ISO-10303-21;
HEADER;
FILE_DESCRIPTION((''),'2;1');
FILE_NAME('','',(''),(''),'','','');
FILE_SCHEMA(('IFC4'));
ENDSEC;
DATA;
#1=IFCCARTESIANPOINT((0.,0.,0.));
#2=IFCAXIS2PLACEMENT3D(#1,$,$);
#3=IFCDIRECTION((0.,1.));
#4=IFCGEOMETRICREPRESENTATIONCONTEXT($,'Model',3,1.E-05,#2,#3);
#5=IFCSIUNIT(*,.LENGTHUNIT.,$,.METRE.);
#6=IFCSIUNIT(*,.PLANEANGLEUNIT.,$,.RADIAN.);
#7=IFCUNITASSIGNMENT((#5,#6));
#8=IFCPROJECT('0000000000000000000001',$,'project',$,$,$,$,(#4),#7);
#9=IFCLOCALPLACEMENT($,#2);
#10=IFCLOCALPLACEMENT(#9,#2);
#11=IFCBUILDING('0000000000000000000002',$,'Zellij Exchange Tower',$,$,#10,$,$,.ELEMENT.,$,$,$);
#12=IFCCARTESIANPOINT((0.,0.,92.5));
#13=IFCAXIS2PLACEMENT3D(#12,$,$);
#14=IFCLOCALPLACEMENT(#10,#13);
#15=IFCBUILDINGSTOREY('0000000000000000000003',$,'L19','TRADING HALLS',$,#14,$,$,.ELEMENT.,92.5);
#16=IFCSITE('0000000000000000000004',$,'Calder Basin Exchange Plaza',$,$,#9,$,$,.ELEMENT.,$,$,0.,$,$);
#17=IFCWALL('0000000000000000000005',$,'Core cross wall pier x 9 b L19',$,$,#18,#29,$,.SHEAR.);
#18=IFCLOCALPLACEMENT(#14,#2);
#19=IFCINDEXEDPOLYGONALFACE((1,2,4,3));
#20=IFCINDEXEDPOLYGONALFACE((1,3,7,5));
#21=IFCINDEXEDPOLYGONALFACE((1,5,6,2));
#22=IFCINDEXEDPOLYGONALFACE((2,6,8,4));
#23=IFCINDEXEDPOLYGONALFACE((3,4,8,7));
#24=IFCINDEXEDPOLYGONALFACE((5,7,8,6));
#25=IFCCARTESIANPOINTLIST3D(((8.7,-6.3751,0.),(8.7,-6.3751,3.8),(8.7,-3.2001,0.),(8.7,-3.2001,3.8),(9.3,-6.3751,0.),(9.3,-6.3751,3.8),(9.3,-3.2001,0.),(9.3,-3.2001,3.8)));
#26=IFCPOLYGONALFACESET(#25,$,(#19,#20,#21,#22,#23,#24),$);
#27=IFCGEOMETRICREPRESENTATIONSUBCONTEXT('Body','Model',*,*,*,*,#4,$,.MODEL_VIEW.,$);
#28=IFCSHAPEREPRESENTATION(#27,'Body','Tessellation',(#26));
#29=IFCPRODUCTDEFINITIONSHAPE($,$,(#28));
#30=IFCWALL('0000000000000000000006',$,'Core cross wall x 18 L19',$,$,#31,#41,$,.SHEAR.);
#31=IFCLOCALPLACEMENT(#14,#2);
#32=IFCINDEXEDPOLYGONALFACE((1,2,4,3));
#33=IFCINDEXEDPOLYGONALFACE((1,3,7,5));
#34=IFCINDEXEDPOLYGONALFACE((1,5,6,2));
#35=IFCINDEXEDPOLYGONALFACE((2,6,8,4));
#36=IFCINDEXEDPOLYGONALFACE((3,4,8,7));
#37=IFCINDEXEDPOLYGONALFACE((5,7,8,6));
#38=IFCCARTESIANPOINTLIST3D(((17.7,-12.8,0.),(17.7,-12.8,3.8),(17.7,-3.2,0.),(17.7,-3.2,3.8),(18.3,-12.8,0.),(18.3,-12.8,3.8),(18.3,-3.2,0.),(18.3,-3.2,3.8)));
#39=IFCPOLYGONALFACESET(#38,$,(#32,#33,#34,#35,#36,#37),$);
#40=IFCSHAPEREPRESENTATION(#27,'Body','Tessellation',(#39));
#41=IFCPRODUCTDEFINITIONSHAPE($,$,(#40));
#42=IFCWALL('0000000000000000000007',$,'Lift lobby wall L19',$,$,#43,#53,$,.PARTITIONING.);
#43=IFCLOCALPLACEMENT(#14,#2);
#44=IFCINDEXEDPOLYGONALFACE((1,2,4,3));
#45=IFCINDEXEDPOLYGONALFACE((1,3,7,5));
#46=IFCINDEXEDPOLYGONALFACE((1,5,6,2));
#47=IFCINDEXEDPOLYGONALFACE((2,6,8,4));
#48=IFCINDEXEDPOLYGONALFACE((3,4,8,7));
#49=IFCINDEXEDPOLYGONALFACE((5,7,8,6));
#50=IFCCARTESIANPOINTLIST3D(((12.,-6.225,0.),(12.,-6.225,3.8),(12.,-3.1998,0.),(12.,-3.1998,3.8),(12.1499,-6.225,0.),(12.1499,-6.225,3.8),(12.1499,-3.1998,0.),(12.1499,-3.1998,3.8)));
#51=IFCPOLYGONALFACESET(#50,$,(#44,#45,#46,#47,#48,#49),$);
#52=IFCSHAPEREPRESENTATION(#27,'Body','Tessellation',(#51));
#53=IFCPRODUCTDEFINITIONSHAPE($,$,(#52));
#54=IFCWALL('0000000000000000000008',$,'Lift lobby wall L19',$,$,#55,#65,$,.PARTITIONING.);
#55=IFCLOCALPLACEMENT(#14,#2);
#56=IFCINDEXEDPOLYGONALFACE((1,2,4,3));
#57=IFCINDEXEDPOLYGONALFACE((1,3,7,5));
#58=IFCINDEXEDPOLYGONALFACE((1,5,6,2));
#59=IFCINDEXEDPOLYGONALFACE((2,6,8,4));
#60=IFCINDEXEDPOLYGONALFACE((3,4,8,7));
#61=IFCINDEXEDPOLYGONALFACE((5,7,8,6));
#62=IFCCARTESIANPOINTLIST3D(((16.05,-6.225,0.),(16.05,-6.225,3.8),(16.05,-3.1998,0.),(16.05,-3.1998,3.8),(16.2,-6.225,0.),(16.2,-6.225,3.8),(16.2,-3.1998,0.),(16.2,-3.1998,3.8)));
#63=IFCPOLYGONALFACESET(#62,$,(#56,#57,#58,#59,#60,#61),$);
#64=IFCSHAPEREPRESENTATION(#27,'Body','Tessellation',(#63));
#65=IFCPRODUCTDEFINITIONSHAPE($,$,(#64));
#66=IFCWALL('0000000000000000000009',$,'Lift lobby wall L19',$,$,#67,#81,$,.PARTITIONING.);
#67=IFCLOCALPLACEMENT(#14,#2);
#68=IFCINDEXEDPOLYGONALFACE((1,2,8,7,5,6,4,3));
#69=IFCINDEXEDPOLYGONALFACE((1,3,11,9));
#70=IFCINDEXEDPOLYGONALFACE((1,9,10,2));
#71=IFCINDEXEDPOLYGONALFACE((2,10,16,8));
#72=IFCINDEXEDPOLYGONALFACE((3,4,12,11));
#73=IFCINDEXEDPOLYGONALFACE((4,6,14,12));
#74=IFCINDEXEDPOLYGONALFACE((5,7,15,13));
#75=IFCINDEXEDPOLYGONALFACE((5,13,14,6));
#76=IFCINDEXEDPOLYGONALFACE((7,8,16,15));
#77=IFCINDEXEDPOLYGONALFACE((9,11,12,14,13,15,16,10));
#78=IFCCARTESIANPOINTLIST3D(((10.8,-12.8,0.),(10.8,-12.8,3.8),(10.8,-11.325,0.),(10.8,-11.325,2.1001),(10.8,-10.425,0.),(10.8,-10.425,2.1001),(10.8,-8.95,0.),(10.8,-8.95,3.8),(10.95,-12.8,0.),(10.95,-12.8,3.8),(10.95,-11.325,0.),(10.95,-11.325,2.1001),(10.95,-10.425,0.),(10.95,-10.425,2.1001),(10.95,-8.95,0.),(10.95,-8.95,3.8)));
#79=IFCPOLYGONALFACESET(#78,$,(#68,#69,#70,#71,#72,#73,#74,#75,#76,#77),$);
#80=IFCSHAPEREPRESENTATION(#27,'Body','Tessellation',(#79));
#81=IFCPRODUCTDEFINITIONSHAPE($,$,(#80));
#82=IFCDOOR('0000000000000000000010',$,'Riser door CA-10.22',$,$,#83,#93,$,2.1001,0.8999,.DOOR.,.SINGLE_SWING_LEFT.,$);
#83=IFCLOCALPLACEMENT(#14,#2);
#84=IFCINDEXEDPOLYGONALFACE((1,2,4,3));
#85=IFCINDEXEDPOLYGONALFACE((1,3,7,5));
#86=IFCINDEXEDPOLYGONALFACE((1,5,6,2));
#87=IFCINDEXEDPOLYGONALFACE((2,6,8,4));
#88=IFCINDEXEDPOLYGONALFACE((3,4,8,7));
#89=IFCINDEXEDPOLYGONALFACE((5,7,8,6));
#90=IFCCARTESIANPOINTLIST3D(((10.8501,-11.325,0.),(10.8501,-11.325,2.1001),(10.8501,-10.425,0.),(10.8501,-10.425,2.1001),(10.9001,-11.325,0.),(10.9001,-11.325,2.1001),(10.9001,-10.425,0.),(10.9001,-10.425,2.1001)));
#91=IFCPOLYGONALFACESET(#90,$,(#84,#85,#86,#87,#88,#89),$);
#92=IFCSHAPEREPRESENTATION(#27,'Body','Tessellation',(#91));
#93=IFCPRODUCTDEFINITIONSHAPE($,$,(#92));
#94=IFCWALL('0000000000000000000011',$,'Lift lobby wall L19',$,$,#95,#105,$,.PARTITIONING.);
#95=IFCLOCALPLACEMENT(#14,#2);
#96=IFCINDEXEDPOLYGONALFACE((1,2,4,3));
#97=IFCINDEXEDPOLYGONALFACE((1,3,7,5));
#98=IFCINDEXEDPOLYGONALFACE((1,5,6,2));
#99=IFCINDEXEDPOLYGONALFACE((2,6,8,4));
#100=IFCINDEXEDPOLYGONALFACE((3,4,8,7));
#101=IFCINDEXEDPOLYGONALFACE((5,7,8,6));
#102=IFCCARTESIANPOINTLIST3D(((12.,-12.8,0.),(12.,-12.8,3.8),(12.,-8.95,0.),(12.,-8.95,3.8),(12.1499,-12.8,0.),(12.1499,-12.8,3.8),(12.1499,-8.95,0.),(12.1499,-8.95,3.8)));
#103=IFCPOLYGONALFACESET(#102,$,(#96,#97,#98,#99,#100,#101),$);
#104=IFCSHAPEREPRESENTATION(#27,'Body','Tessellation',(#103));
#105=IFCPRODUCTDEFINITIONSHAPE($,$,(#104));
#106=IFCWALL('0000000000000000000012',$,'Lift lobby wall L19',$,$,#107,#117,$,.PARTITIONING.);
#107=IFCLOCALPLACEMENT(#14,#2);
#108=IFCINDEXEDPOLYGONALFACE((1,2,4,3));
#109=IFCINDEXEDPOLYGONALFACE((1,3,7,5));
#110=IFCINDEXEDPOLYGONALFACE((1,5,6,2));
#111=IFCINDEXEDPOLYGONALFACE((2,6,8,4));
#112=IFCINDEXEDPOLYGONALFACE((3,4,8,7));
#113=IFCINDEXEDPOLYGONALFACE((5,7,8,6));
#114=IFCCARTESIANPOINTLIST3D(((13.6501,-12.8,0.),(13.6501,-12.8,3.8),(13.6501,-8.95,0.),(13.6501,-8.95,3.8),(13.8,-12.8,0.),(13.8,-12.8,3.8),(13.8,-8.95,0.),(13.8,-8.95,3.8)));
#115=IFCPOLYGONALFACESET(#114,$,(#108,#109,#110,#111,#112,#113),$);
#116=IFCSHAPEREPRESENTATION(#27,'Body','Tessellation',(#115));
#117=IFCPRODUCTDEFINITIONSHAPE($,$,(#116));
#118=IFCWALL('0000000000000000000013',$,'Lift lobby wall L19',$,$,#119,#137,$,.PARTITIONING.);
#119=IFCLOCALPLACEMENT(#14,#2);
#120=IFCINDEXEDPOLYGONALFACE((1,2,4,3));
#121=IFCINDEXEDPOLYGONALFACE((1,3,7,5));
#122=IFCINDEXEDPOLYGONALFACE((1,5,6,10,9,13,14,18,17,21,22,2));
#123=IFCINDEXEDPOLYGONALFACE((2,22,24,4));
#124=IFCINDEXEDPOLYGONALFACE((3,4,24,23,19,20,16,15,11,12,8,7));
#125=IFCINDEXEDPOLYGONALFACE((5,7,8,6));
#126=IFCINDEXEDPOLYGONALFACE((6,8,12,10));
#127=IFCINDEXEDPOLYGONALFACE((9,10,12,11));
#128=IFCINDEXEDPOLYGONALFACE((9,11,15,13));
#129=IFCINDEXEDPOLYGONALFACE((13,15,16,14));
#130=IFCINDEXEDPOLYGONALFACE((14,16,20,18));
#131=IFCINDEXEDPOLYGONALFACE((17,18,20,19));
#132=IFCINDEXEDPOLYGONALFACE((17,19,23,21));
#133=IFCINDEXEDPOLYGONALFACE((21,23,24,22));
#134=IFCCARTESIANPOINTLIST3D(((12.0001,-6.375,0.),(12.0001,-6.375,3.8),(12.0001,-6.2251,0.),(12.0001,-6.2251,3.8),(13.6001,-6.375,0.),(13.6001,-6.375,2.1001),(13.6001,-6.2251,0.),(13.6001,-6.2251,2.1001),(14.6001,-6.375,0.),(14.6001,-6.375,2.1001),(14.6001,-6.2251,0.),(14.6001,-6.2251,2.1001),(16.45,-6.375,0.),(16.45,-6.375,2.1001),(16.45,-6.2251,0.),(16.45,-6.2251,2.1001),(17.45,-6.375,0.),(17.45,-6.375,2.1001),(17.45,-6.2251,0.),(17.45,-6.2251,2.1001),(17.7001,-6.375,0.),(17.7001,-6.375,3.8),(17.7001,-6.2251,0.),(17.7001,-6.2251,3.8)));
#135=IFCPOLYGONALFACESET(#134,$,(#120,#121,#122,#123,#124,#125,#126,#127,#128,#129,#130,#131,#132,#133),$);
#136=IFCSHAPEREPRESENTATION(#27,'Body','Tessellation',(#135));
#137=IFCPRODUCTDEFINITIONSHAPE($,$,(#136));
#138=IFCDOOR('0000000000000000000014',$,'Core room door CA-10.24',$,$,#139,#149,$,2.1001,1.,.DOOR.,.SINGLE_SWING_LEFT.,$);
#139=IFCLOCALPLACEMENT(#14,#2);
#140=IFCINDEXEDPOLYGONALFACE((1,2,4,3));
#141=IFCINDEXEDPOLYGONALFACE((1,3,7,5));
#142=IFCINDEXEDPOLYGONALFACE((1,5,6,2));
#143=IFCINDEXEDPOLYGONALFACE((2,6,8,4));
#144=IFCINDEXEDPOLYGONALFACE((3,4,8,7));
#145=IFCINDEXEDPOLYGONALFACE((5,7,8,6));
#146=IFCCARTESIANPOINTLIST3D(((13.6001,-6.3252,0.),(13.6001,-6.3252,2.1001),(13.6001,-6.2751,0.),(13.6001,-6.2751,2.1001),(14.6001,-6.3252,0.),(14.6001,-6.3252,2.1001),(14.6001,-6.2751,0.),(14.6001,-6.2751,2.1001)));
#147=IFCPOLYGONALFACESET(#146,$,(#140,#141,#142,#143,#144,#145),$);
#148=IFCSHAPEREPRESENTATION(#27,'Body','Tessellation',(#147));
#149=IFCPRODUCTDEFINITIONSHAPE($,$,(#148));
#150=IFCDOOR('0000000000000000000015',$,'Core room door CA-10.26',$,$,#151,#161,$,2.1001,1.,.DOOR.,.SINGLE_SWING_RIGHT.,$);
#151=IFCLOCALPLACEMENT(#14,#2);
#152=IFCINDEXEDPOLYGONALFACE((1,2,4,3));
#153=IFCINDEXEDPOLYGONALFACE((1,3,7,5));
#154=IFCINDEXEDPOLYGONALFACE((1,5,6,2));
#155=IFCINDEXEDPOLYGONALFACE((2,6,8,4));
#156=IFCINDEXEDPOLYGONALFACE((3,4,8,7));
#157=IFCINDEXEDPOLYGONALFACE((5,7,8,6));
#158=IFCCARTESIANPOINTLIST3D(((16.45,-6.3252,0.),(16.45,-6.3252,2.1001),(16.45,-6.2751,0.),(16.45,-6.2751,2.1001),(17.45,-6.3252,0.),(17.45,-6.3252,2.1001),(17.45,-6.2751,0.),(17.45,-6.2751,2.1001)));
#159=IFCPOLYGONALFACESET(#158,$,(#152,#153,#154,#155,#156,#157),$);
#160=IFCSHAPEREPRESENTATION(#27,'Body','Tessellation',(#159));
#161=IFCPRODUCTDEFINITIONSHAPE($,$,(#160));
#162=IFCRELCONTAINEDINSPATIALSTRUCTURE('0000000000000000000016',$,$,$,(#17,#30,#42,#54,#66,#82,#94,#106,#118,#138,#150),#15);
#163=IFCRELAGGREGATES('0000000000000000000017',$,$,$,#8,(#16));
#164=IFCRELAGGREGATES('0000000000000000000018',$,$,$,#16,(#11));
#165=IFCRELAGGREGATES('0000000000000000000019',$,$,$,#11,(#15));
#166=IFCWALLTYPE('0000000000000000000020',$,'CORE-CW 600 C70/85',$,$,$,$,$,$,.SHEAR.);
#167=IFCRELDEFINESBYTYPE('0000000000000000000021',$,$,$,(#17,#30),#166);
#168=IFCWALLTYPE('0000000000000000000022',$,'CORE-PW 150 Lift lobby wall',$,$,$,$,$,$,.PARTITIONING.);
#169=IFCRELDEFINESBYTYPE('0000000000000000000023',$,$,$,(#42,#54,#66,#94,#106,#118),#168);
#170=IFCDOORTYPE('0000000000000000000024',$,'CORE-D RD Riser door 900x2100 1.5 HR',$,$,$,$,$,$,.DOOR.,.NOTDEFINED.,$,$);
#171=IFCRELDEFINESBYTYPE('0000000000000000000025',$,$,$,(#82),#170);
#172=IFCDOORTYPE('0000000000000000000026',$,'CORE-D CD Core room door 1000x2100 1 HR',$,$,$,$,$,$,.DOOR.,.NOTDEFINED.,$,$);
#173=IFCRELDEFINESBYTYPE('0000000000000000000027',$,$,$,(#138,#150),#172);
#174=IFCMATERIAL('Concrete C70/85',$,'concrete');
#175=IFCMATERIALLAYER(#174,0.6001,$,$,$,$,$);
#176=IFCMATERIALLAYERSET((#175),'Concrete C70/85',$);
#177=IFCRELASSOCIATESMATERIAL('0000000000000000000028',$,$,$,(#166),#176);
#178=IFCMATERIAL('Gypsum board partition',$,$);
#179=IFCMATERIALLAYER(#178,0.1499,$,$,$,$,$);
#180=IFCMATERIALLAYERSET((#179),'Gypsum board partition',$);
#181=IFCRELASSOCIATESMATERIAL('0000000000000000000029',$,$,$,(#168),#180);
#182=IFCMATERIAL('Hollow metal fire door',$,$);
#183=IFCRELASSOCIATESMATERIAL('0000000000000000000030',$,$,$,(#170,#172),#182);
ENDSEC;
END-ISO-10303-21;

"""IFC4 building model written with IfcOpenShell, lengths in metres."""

from ifc_helpers import new_model, si_unit, direction, frame, frame_2d, origin, place, context, subcontext, project, spatial, rectangle, extrude, material, layer, layer_set, type_object, element, fill, save


model = new_model("IFC4")

# Units and contexts
model_context = context("Model", 3, precision=1e-05, world=origin(), true_north=direction((0.0, 1.0)))
body_context = subcontext(model_context, "Body", "Model", "MODEL_VIEW")
ifc_project = project(units=[si_unit("LENGTHUNIT", "METRE"), si_unit("PLANEANGLEUNIT", "RADIAN")], contexts=[model_context])

# Site, building, storey
site_placement = place(None, origin())
site = spatial("IfcSite", under=ifc_project, at=site_placement, Name="Calder Basin Exchange Plaza", CompositionType="ELEMENT", RefElevation=0.0)
building_placement = place(site_placement, origin())
building = spatial("IfcBuilding", under=site, at=building_placement, Name="Zellij Exchange Tower", CompositionType="ELEMENT")
storey_placement = place(building_placement, frame((0.0, 0.0, 92.5)))
storey = spatial("IfcBuildingStorey", under=building, at=storey_placement, Name="L19", Description="TRADING HALLS", CompositionType="ELEMENT", Elevation=92.5)

# Walls
ifc_material_1 = material(Name="Concrete C70/85", Category="concrete")
ifc_layer_1 = layer(ifc_material_1, 0.6001)
ifc_layer_set_1 = layer_set([ifc_layer_1], Name="Concrete C70/85")
wall_type_1 = type_object("IfcWallType", Name="CORE-CW 600 C70/85", PredefinedType="SHEAR", material=ifc_layer_set_1)
wall_1_placement = place(storey_placement, frame((9.0, -6.375, 0.0), z_axis=(0.0, 0.0, 1.0), x_axis=(0.0, 1.0, 0.0)))
element("IfcWall", 1, at=wall_1_placement, inside=storey, type_object=wall_type_1, Name="Core cross wall pier x 9 b L19", PredefinedType="SHEAR", context=body_context, shape_type="SweptSolid", body=[
    extrude(rectangle(XDim=3.175, YDim=0.6001, at=frame_2d((1.5874, 0.0))), origin(), (0.0, 0.0, 1.0), 3.8),
])
wall_2_placement = place(storey_placement, frame((18.0, -12.8, 0.0), z_axis=(0.0, 0.0, 1.0), x_axis=(0.0, 1.0, 0.0)))
element("IfcWall", 2, at=wall_2_placement, inside=storey, type_object=wall_type_1, Name="Core cross wall x 18 L19", PredefinedType="SHEAR", context=body_context, shape_type="SweptSolid", body=[
    extrude(rectangle(XDim=9.6001, YDim=0.6001, at=frame_2d((4.8, 0.0))), origin(), (0.0, 0.0, 1.0), 3.8),
])
ifc_material_2 = material(Name="Gypsum board partition")
ifc_layer_2 = layer(ifc_material_2, 0.1499)
ifc_layer_set_2 = layer_set([ifc_layer_2], Name="Gypsum board partition")
wall_type_2 = type_object("IfcWallType", Name="CORE-PW 150 Lift lobby wall", PredefinedType="PARTITIONING", material=ifc_layer_set_2)
for number, where, z_axis, x_axis, name in (
    (3, (12.075, -6.2251, 0.0), (0.0, 0.0, 1.0), (0.0, 1.0, 0.0), "Lift lobby wall L19"),
    (4, (16.125, -6.2251, 0.0), (0.0, 0.0, 1.0), (0.0, 1.0, 0.0), "Lift lobby wall L19"),
):
    element("IfcWall", number, at=place(storey_placement, frame(where, z_axis=z_axis, x_axis=x_axis)), inside=storey, type_object=wall_type_2, Name=name, PredefinedType="PARTITIONING", context=body_context, shape_type="SweptSolid", body=[
        extrude(rectangle(XDim=3.0251, YDim=0.1499, at=frame_2d((1.5127, 0.0))), origin(), (0.0, 0.0, 1.0), 3.8),
    ])

# Wall, opening, door
wall_3_placement = place(storey_placement, frame((10.875, -12.8, 0.0), z_axis=(0.0, 0.0, 1.0), x_axis=(0.0, 1.0, 0.0)))
wall_3 = element("IfcWall", 5, at=wall_3_placement, inside=storey, type_object=wall_type_2, Name="Lift lobby wall L19", PredefinedType="PARTITIONING", context=body_context, shape_type="SweptSolid", body=[
    extrude(rectangle(XDim=3.8501, YDim=0.1499, at=frame_2d((1.925, 0.0))), origin(), (0.0, 0.0, 1.0), 3.8),
])
opening_1_placement = place(wall_3_placement, frame((1.4751, 0.0, 0.0)))
opening_1 = element("IfcOpeningElement", 6, at=opening_1_placement, cuts=wall_3, PredefinedType="OPENING", context=body_context, shape_type="SweptSolid", body=[
    extrude(rectangle(XDim=0.8999, YDim=2.1001, at=frame_2d((0.45, 1.05))), frame((0.0, 0.0869, 0.0), z_axis=(0.0, -1.0, 0.0), x_axis=(1.0, 0.0, 0.0)), (0.0, 0.0, 1.0), 0.1738),
])
ifc_material_3 = material(Name="Hollow metal fire door")
door_type_1 = type_object("IfcDoorType", Name="CORE-D RD Riser door 900x2100 1.5 HR", OperationType="NOTDEFINED", PredefinedType="DOOR", material=ifc_material_3)
door_1_placement = place(opening_1_placement, origin())
door_1 = element("IfcDoor", 7, at=door_1_placement, inside=storey, type_object=door_type_1, Name="Riser door CA-10.22", OperationType="SINGLE_SWING_LEFT", OverallHeight=2.1001, OverallWidth=0.8999, PredefinedType="DOOR", context=body_context, shape_type="SweptSolid", body=[
    extrude(rectangle(XDim=0.8999, YDim=2.1001, at=frame_2d((0.45, 1.05))), frame((0.0, 0.0249, 0.0), z_axis=(0.0, -1.0, 0.0), x_axis=(1.0, 0.0, 0.0)), (0.0, 0.0, 1.0), 0.05),
])
fill(opening_1, door_1)

# Walls
for number, where, z_axis, x_axis, name in (
    (8, (12.075, -12.8, 0.0), (0.0, 0.0, 1.0), (0.0, 1.0, 0.0), "Lift lobby wall L19"),
    (9, (13.7251, -12.8, 0.0), (0.0, 0.0, 1.0), (0.0, 1.0, 0.0), "Lift lobby wall L19"),
):
    element("IfcWall", number, at=place(storey_placement, frame(where, z_axis=z_axis, x_axis=x_axis)), inside=storey, type_object=wall_type_2, Name=name, PredefinedType="PARTITIONING", context=body_context, shape_type="SweptSolid", body=[
        extrude(rectangle(XDim=3.8501, YDim=0.1499, at=frame_2d((1.925, 0.0))), origin(), (0.0, 0.0, 1.0), 3.8),
    ])

# Wall, openings, doors
wall_4_placement = place(storey_placement, frame((12.0, -6.3, 0.0), z_axis=(0.0, 0.0, 1.0), x_axis=(1.0, 0.0, 0.0)))
wall_4 = element("IfcWall", 10, at=wall_4_placement, inside=storey, type_object=wall_type_2, Name="Lift lobby wall L19", PredefinedType="PARTITIONING", context=body_context, shape_type="SweptSolid", body=[
    extrude(rectangle(XDim=5.7, YDim=0.1499, at=frame_2d((2.8501, 0.0))), origin(), (0.0, 0.0, 1.0), 3.8),
])
opening_2_placement = place(wall_4_placement, frame((1.6001, 0.0, 0.0)))
opening_2 = element("IfcOpeningElement", 11, at=opening_2_placement, cuts=wall_4, PredefinedType="OPENING", context=body_context, shape_type="SweptSolid", body=[
    extrude(rectangle(XDim=1.0, YDim=2.1001, at=frame_2d((0.5, 1.05))), frame((0.0, 0.0869, 0.0), z_axis=(0.0, -1.0, 0.0), x_axis=(1.0, 0.0, 0.0)), (0.0, 0.0, 1.0), 0.1738),
])
opening_3_placement = place(wall_4_placement, frame((4.45, 0.0, 0.0)))
opening_3 = element("IfcOpeningElement", 12, at=opening_3_placement, cuts=wall_4, PredefinedType="OPENING", context=body_context, shape_type="SweptSolid", body=[
    extrude(rectangle(XDim=1.0, YDim=2.1001, at=frame_2d((0.5, 1.05))), frame((0.0, 0.0869, 0.0), z_axis=(0.0, -1.0, 0.0), x_axis=(1.0, 0.0, 0.0)), (0.0, 0.0, 1.0), 0.1738),
])
door_type_2 = type_object("IfcDoorType", Name="CORE-D CD Core room door 1000x2100 1 HR", OperationType="NOTDEFINED", PredefinedType="DOOR", material=ifc_material_3)
door_2_placement = place(opening_2_placement, origin())
door_2 = element("IfcDoor", 13, at=door_2_placement, inside=storey, type_object=door_type_2, Name="Core room door CA-10.24", OperationType="SINGLE_SWING_LEFT", OverallHeight=2.1001, OverallWidth=1.0, PredefinedType="DOOR", context=body_context, shape_type="SweptSolid", body=[
    extrude(rectangle(XDim=1.0, YDim=2.1001, at=frame_2d((0.5, 1.05))), frame((0.0, 0.0249, 0.0), z_axis=(0.0, -1.0, 0.0), x_axis=(1.0, 0.0, 0.0)), (0.0, 0.0, 1.0), 0.05),
])
fill(opening_2, door_2)
door_3_placement = place(opening_3_placement, origin())
door_3 = element("IfcDoor", 14, at=door_3_placement, inside=storey, type_object=door_type_2, Name="Core room door CA-10.26", OperationType="SINGLE_SWING_RIGHT", OverallHeight=2.1001, OverallWidth=1.0, PredefinedType="DOOR", context=body_context, shape_type="SweptSolid", body=[
    extrude(rectangle(XDim=1.0, YDim=2.1001, at=frame_2d((0.5, 1.05))), frame((0.0, 0.0249, 0.0), z_axis=(0.0, -1.0, 0.0), x_axis=(1.0, 0.0, 0.0)), (0.0, 0.0, 1.0), 0.05),
])
fill(opening_3, door_3)

save(model, "model.ifc")
